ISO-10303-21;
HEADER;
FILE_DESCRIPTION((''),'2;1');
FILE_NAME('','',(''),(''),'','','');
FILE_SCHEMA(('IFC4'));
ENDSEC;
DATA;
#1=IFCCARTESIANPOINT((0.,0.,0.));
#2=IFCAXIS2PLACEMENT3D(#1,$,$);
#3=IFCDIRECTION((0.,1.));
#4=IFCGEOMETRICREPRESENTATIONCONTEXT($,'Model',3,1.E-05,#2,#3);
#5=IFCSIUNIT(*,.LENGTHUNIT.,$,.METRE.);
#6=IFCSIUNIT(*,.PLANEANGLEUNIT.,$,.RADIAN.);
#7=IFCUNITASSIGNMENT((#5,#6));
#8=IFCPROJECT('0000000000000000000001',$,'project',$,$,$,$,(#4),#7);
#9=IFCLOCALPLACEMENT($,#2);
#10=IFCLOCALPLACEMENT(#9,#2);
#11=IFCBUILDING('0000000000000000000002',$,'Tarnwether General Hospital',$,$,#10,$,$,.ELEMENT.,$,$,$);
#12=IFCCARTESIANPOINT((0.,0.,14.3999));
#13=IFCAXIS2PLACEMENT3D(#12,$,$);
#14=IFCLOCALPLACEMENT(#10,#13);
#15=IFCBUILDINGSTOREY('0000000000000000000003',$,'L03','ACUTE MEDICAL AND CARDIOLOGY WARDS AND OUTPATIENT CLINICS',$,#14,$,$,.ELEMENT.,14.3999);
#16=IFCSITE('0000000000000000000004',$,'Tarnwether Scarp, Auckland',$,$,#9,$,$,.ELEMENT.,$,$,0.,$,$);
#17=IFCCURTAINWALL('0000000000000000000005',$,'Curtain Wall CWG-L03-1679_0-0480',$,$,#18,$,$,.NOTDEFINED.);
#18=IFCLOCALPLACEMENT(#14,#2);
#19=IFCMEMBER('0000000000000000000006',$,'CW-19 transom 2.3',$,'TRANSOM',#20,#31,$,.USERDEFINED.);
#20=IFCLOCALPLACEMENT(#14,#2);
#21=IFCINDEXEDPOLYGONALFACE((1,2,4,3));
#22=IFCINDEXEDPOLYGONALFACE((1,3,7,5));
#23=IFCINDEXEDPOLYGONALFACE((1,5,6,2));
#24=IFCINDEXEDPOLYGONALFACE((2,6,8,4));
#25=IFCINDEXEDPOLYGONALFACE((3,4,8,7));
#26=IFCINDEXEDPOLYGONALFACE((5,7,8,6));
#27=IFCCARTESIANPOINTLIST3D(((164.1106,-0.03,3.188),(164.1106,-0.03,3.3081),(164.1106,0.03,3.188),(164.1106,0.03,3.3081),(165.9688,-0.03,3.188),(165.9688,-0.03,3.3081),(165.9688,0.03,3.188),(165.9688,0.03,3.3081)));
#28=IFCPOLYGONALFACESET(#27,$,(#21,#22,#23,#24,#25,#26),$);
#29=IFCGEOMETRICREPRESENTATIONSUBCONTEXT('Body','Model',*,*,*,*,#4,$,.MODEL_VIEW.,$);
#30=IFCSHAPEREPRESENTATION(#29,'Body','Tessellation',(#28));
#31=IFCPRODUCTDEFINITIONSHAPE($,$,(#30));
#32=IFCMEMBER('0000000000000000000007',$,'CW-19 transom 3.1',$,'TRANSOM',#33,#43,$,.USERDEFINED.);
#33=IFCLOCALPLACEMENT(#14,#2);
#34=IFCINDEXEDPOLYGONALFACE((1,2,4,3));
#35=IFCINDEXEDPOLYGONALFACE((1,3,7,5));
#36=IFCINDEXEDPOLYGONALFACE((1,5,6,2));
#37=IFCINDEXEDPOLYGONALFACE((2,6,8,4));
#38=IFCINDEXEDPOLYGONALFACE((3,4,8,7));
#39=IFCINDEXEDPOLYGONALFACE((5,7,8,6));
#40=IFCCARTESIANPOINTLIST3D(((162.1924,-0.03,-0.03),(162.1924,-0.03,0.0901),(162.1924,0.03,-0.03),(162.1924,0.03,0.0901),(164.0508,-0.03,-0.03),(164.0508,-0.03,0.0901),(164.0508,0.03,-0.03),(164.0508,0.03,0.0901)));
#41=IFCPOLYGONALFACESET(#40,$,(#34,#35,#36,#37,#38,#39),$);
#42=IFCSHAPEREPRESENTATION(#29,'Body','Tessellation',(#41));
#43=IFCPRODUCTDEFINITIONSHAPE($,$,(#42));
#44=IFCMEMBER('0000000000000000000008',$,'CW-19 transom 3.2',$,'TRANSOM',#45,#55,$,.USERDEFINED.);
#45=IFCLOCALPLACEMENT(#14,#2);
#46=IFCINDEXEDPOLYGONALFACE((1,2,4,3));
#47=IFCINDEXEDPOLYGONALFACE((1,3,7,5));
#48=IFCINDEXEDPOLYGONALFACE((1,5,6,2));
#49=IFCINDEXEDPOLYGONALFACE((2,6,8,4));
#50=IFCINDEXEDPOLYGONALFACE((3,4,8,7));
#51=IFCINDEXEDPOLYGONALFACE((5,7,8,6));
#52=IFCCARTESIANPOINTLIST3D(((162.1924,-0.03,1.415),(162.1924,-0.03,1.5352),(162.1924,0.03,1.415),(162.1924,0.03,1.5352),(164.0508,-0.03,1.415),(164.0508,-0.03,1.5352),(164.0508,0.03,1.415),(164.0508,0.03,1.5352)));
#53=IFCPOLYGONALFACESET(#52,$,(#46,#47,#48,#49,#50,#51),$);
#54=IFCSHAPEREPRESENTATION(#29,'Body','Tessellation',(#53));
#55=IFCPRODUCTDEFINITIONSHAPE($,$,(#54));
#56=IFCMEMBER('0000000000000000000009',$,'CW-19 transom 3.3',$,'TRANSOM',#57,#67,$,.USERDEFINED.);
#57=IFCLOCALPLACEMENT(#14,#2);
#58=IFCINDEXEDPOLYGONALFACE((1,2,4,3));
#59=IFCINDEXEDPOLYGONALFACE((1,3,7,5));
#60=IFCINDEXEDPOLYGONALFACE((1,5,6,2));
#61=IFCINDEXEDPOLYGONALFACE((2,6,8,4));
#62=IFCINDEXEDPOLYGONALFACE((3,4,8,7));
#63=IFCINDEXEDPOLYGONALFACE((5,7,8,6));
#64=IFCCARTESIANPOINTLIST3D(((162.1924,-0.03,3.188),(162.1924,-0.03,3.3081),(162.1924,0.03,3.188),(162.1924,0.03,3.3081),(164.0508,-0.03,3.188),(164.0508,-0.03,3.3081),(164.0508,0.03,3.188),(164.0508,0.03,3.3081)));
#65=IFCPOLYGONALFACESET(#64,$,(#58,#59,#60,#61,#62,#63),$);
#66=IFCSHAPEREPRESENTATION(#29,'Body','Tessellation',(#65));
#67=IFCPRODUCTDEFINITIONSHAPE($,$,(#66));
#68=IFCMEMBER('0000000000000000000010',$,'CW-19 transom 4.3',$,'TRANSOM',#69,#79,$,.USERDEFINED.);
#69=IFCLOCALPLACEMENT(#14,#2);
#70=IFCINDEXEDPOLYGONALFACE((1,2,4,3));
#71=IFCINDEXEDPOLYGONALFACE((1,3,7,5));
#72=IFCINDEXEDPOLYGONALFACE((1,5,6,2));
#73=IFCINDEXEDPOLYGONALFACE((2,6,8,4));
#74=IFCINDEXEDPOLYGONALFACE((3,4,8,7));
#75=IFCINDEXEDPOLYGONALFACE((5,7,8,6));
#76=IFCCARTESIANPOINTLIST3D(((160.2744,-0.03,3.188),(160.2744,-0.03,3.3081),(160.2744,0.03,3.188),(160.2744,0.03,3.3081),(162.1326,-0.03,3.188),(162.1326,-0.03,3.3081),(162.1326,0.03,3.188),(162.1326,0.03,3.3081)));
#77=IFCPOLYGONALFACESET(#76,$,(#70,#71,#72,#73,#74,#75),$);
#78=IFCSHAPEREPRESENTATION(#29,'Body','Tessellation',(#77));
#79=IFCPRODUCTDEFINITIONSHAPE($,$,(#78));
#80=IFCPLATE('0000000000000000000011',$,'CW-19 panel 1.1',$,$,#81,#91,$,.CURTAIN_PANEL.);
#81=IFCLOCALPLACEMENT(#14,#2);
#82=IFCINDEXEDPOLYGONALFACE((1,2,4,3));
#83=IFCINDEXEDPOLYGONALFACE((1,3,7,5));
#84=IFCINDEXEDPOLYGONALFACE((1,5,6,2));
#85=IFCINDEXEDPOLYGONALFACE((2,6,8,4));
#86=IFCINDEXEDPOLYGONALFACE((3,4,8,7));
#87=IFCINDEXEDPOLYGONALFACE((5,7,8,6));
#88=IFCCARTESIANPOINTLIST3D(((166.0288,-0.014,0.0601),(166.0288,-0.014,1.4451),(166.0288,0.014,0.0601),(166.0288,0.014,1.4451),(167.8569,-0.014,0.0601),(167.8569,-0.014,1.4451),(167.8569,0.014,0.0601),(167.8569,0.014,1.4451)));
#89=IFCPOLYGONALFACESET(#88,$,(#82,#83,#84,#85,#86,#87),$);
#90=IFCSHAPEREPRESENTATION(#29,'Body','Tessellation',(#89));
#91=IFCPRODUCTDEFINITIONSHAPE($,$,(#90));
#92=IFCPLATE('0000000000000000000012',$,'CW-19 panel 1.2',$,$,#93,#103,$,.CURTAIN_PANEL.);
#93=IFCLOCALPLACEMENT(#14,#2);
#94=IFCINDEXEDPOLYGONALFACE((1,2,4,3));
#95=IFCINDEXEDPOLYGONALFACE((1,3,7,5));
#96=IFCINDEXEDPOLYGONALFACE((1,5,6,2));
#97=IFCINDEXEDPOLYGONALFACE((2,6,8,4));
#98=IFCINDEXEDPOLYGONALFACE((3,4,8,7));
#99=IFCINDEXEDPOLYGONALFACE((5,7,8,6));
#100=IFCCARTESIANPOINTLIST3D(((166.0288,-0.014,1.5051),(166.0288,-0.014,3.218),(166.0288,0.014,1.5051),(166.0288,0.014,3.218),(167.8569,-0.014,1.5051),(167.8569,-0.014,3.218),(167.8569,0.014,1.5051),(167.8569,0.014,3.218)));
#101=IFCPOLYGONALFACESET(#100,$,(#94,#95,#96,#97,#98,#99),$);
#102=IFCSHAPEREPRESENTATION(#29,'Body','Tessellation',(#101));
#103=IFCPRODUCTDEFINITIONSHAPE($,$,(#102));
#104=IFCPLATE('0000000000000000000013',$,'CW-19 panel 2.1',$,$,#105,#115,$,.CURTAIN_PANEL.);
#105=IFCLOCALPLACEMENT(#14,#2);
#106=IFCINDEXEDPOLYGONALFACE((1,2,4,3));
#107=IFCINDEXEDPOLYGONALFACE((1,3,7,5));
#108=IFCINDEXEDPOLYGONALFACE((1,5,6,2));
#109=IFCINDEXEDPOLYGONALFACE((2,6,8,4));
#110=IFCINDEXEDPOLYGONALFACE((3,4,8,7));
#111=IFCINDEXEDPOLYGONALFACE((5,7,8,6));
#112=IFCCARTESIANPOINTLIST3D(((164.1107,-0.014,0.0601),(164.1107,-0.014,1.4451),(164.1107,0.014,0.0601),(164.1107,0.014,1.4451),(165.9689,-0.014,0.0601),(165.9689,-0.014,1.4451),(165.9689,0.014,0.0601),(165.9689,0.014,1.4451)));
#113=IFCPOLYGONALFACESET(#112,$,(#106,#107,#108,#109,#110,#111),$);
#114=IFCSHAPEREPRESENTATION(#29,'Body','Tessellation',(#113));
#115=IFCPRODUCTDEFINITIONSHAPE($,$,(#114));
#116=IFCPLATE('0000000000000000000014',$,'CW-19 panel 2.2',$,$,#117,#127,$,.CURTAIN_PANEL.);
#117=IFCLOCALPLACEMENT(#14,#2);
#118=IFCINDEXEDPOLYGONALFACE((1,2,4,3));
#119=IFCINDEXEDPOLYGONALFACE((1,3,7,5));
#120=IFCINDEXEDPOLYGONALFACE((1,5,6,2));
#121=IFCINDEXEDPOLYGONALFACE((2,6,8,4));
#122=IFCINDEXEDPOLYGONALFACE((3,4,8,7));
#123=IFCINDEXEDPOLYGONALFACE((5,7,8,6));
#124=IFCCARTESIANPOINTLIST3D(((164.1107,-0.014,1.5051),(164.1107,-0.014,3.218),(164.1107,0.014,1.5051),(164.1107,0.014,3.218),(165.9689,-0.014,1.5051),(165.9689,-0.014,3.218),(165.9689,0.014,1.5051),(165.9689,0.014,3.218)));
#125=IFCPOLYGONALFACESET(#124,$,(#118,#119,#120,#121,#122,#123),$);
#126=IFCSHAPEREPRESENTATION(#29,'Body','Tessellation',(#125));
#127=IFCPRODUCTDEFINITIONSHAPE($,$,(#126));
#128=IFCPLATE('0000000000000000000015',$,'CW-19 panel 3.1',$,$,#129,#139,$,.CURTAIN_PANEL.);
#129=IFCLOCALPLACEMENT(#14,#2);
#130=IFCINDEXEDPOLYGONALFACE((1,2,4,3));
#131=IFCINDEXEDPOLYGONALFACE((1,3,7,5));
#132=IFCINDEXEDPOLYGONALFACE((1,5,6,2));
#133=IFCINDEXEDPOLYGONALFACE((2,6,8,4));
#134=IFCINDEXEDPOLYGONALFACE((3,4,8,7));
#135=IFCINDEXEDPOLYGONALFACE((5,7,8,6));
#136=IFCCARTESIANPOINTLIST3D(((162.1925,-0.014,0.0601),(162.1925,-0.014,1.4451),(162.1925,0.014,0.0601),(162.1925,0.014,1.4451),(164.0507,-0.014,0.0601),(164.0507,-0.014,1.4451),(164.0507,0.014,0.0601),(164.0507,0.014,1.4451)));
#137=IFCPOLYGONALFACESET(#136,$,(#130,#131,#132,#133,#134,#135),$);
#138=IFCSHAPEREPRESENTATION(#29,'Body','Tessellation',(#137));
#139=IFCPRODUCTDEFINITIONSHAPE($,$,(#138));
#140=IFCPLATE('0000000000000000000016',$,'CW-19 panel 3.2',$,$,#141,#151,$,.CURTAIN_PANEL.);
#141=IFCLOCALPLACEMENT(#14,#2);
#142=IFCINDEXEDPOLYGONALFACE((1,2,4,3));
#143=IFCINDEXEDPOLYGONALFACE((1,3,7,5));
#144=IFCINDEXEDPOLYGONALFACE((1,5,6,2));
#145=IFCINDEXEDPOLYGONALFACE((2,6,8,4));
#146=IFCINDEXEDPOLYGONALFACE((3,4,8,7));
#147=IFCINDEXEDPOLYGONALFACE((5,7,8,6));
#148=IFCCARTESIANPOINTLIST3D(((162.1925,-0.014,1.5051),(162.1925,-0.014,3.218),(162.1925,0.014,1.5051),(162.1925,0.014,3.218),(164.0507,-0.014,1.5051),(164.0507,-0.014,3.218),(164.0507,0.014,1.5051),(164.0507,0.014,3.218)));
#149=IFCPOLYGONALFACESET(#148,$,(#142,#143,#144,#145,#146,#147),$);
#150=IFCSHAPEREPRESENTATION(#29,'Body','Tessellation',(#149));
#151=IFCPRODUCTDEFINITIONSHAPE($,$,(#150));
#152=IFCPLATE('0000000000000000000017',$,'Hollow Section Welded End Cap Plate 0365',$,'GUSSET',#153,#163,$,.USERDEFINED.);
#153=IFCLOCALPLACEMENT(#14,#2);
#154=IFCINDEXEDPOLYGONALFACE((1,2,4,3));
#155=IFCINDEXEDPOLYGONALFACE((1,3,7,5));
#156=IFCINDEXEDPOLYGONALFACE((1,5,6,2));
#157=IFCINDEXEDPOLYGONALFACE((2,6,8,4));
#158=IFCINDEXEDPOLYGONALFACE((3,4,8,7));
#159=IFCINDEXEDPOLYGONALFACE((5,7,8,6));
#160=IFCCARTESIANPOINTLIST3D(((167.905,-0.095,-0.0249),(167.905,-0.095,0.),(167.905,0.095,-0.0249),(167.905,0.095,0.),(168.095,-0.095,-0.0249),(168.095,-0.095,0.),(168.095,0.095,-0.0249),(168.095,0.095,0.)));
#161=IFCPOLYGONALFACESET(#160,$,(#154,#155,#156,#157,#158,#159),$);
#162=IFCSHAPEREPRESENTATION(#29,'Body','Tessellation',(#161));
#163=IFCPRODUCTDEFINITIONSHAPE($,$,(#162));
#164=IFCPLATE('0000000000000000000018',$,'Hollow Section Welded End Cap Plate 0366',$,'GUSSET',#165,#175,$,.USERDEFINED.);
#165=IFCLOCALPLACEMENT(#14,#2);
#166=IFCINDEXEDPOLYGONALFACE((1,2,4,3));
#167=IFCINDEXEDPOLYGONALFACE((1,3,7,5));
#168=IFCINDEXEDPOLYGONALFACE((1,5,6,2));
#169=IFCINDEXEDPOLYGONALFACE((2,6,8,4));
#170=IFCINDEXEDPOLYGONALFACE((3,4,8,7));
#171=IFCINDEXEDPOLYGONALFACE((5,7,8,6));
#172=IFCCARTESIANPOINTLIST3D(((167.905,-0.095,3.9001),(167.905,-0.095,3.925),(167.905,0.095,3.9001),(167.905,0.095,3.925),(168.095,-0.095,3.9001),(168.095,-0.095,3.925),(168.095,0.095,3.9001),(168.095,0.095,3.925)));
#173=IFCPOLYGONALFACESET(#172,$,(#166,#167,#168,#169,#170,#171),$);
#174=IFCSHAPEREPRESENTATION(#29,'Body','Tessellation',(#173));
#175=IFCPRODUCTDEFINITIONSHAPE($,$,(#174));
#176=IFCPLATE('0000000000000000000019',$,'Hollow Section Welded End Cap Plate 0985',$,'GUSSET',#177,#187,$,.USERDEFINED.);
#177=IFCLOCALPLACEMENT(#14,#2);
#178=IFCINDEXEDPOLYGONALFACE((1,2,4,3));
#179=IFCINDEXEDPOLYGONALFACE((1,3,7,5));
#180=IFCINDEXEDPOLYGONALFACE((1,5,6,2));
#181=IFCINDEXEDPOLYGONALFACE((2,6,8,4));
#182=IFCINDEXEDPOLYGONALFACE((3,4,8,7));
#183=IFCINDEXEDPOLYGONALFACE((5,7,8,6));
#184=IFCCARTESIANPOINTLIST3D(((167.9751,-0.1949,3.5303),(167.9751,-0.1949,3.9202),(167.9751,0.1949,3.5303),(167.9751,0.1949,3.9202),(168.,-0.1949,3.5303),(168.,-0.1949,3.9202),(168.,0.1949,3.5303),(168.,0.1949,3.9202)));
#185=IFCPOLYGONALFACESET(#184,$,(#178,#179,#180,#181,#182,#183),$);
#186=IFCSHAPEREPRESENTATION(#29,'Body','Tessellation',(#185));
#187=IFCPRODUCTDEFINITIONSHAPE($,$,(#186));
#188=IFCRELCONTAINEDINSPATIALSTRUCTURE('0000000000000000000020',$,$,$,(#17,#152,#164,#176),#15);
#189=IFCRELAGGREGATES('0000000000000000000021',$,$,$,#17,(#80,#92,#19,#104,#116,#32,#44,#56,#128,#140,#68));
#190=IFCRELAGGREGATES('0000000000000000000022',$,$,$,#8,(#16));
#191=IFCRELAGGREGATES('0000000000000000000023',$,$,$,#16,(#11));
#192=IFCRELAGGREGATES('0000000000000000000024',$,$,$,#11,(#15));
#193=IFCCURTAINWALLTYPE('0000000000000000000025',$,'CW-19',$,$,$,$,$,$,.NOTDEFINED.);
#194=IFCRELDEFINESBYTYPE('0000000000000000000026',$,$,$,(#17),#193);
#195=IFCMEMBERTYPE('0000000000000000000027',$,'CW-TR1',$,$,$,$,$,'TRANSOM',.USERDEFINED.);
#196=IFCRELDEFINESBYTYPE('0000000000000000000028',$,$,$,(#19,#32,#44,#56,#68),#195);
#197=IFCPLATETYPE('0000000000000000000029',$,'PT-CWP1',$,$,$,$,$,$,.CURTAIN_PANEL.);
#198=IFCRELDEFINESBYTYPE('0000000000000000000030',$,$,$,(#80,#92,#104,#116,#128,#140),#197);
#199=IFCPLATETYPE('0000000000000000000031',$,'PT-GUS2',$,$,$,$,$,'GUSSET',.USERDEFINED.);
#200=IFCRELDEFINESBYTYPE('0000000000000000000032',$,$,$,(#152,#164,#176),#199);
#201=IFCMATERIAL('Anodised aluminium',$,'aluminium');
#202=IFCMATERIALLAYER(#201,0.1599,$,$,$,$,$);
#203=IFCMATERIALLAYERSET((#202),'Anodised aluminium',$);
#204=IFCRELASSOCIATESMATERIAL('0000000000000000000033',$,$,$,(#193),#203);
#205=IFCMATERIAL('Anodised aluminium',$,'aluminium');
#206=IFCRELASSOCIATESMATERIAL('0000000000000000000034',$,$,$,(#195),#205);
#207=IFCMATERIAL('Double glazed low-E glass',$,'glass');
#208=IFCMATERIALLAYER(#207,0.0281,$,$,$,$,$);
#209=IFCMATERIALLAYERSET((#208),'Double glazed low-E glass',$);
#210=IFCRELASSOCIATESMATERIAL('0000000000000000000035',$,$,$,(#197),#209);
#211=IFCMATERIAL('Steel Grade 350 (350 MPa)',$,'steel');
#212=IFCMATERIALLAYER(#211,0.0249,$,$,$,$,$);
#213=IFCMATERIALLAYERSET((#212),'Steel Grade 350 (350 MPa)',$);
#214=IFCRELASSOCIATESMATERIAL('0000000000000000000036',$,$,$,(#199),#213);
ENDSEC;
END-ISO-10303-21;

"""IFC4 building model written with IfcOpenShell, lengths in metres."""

from ifc_helpers import new_model, si_unit, direction, frame, origin, origin_2d, place, context, subcontext, project, spatial, rectangle, extrude, material, layer, layer_set, material_profile, profile_set, type_object, element, aggregate, save


model = new_model("IFC4")

# Units and contexts
model_context = context("Model", 3, precision=1e-05, world=origin(), true_north=direction((0.0, 1.0)))
body_context = subcontext(model_context, "Body", "Model", "MODEL_VIEW")
ifc_project = project(units=[si_unit("LENGTHUNIT", "METRE"), si_unit("PLANEANGLEUNIT", "RADIAN")], contexts=[model_context])

# Site, building, storey
site_placement = place(None, origin())
site = spatial("IfcSite", under=ifc_project, at=site_placement, Name="Tarnwether Scarp, Auckland", CompositionType="ELEMENT", RefElevation=0.0)
building_placement = place(site_placement, origin())
building = spatial("IfcBuilding", under=site, at=building_placement, Name="Tarnwether General Hospital", CompositionType="ELEMENT")
storey_placement = place(building_placement, frame((0.0, 0.0, 14.3999)))
storey = spatial("IfcBuildingStorey", under=building, at=storey_placement, Name="L03", Description="ACUTE MEDICAL AND CARDIOLOGY WARDS AND OUTPATIENT CLINICS", CompositionType="ELEMENT", Elevation=14.3999)

# Curtain wall, members, plates
ifc_material_1 = material(Name="Anodised aluminium", Category="aluminium")
ifc_layer_1 = layer(ifc_material_1, 0.1599)
ifc_layer_set_1 = layer_set([ifc_layer_1], Name="Anodised aluminium")
curtain_wall_type = type_object("IfcCurtainWallType", Name="CW-19", PredefinedType="NOTDEFINED", material=ifc_layer_set_1)
curtain_wall_placement = place(storey_placement, origin())
curtain_wall = element("IfcCurtainWall", 1, at=curtain_wall_placement, inside=storey, type_object=curtain_wall_type, Name="Curtain Wall CWG-L03-1679_0-0480", PredefinedType="NOTDEFINED")
ifc_material_2 = material(Name="Anodised aluminium", Category="aluminium")
ifc_material_profile_1 = material_profile(ifc_material_2, rectangle(XDim=0.0601, YDim=0.1201, at=origin_2d()), Name="ALU-TRN-60x120")
ifc_profile_set_1 = profile_set([ifc_material_profile_1], Name="Anodised aluminium")
member_type_1 = type_object("IfcMemberType", Name="CW-TR1", ElementType="TRANSOM", PredefinedType="USERDEFINED", material=ifc_profile_set_1)
member_1_placement = place(storey_placement, frame((165.9688, 0.0, 3.248), z_axis=(-1.0, 0.0, 0.0), x_axis=(0.0, -1.0, 0.0)))
member_1 = element("IfcMember", 2, at=member_1_placement, type_object=member_type_1, Name="CW-19 transom 2.3", ObjectType="TRANSOM", PredefinedType="USERDEFINED", context=body_context, shape_type="SweptSolid", body=[
    extrude(rectangle(XDim=0.0601, YDim=0.1201, at=origin_2d()), origin(), (0.0, 0.0, 1.0), 1.8582),
])
member_2_placement = place(storey_placement, frame((164.0508, 0.0, 0.03), z_axis=(-1.0, 0.0, 0.0), x_axis=(0.0, -1.0, 0.0)))
member_2 = element("IfcMember", 3, at=member_2_placement, type_object=member_type_1, Name="CW-19 transom 3.1", ObjectType="TRANSOM", PredefinedType="USERDEFINED", context=body_context, shape_type="SweptSolid", body=[
    extrude(rectangle(XDim=0.0601, YDim=0.1201, at=origin_2d()), origin(), (0.0, 0.0, 1.0), 1.8584),
])
member_3_placement = place(storey_placement, frame((164.0508, 0.0, 1.4751), z_axis=(-1.0, 0.0, 0.0), x_axis=(0.0, -1.0, 0.0)))
member_3 = element("IfcMember", 4, at=member_3_placement, type_object=member_type_1, Name="CW-19 transom 3.2", ObjectType="TRANSOM", PredefinedType="USERDEFINED", context=body_context, shape_type="SweptSolid", body=[
    extrude(rectangle(XDim=0.0601, YDim=0.1201, at=origin_2d()), origin(), (0.0, 0.0, 1.0), 1.8584),
])
member_4_placement = place(storey_placement, frame((164.0508, 0.0, 3.248), z_axis=(-1.0, 0.0, 0.0), x_axis=(0.0, -1.0, 0.0)))
member_4 = element("IfcMember", 5, at=member_4_placement, type_object=member_type_1, Name="CW-19 transom 3.3", ObjectType="TRANSOM", PredefinedType="USERDEFINED", context=body_context, shape_type="SweptSolid", body=[
    extrude(rectangle(XDim=0.0601, YDim=0.1201, at=origin_2d()), origin(), (0.0, 0.0, 1.0), 1.8584),
])
member_5_placement = place(storey_placement, frame((162.1326, 0.0, 3.248), z_axis=(-1.0, 0.0, 0.0), x_axis=(0.0, -1.0, 0.0)))
member_5 = element("IfcMember", 6, at=member_5_placement, type_object=member_type_1, Name="CW-19 transom 4.3", ObjectType="TRANSOM", PredefinedType="USERDEFINED", context=body_context, shape_type="SweptSolid", body=[
    extrude(rectangle(XDim=0.0601, YDim=0.1201, at=origin_2d()), origin(), (0.0, 0.0, 1.0), 1.8582),
])
ifc_material_3 = material(Name="Double glazed low-E glass", Category="glass")
ifc_layer_2 = layer(ifc_material_3, 0.0281)
ifc_layer_set_2 = layer_set([ifc_layer_2], Name="Double glazed low-E glass")
plate_type_1 = type_object("IfcPlateType", Name="PT-CWP1", PredefinedType="CURTAIN_PANEL", material=ifc_layer_set_2)
plate_1_placement = place(storey_placement, frame((166.9429, 0.0, 0.0601), z_axis=(0.0, 0.0, 1.0), x_axis=(-1.0, 0.0, 0.0)))
plate_1 = element("IfcPlate", 7, at=plate_1_placement, type_object=plate_type_1, Name="CW-19 panel 1.1", PredefinedType="CURTAIN_PANEL", context=body_context, shape_type="SweptSolid", body=[
    extrude(rectangle(XDim=1.8281, YDim=0.0281, at=origin_2d()), origin(), (0.0, 0.0, 1.0), 1.385),
])
plate_2_placement = place(storey_placement, frame((166.9429, 0.0, 1.5051), z_axis=(0.0, 0.0, 1.0), x_axis=(-1.0, 0.0, 0.0)))
plate_2 = element("IfcPlate", 8, at=plate_2_placement, type_object=plate_type_1, Name="CW-19 panel 1.2", PredefinedType="CURTAIN_PANEL", context=body_context, shape_type="SweptSolid", body=[
    extrude(rectangle(XDim=1.8281, YDim=0.0281, at=origin_2d()), origin(), (0.0, 0.0, 1.0), 1.7129),
])
plate_3_placement = place(storey_placement, frame((165.0398, 0.0, 0.0601), z_axis=(0.0, 0.0, 1.0), x_axis=(-1.0, 0.0, 0.0)))
plate_3 = element("IfcPlate", 9, at=plate_3_placement, type_object=plate_type_1, Name="CW-19 panel 2.1", PredefinedType="CURTAIN_PANEL", context=body_context, shape_type="SweptSolid", body=[
    extrude(rectangle(XDim=1.8582, YDim=0.0281, at=origin_2d()), origin(), (0.0, 0.0, 1.0), 1.385),
])
plate_4_placement = place(storey_placement, frame((165.0398, 0.0, 1.5051), z_axis=(0.0, 0.0, 1.0), x_axis=(-1.0, 0.0, 0.0)))
plate_4 = element("IfcPlate", 10, at=plate_4_placement, type_object=plate_type_1, Name="CW-19 panel 2.2", PredefinedType="CURTAIN_PANEL", context=body_context, shape_type="SweptSolid", body=[
    extrude(rectangle(XDim=1.8582, YDim=0.0281, at=origin_2d()), origin(), (0.0, 0.0, 1.0), 1.7129),
])
plate_5_placement = place(storey_placement, frame((163.1216, 0.0, 0.0601), z_axis=(0.0, 0.0, 1.0), x_axis=(-1.0, 0.0, 0.0)))
plate_5 = element("IfcPlate", 11, at=plate_5_placement, type_object=plate_type_1, Name="CW-19 panel 3.1", PredefinedType="CURTAIN_PANEL", context=body_context, shape_type="SweptSolid", body=[
    extrude(rectangle(XDim=1.8582, YDim=0.0281, at=origin_2d()), origin(), (0.0, 0.0, 1.0), 1.385),
])
plate_6_placement = place(storey_placement, frame((163.1216, 0.0, 1.5051), z_axis=(0.0, 0.0, 1.0), x_axis=(-1.0, 0.0, 0.0)))
plate_6 = element("IfcPlate", 12, at=plate_6_placement, type_object=plate_type_1, Name="CW-19 panel 3.2", PredefinedType="CURTAIN_PANEL", context=body_context, shape_type="SweptSolid", body=[
    extrude(rectangle(XDim=1.8582, YDim=0.0281, at=origin_2d()), origin(), (0.0, 0.0, 1.0), 1.7129),
])
aggregate(curtain_wall, [plate_1, plate_2, member_1, plate_3, plate_4, member_2, member_3, member_4, plate_5, plate_6, member_5])

# Plates
ifc_material_4 = material(Name="Steel Grade 350 (350 MPa)", Category="steel")
ifc_layer_3 = layer(ifc_material_4, 0.0249)
ifc_layer_set_3 = layer_set([ifc_layer_3], Name="Steel Grade 350 (350 MPa)")
plate_type_2 = type_object("IfcPlateType", Name="PT-GUS2", ElementType="GUSSET", PredefinedType="USERDEFINED", material=ifc_layer_set_3)
for number, where, z_axis, x_axis, name in (
    (13, (168.0, 0.0, -0.0249), (0.0, 0.0, 1.0), (1.0, 0.0, 0.0), "Hollow Section Welded End Cap Plate 0365"),
    (14, (168.0, 0.0, 3.9001), (0.0, 0.0, 1.0), (1.0, 0.0, 0.0), "Hollow Section Welded End Cap Plate 0366"),
):
    element("IfcPlate", number, at=place(storey_placement, frame(where, z_axis=z_axis, x_axis=x_axis)), inside=storey, type_object=plate_type_2, Name=name, ObjectType="GUSSET", PredefinedType="USERDEFINED", context=body_context, shape_type="SweptSolid", body=[
        extrude(rectangle(XDim=0.1899, YDim=0.1899, at=origin_2d()), origin(), (0.0, 0.0, 1.0), 0.0249),
    ])
plate_7_placement = place(storey_placement, frame((167.9875, 0.0, 3.5303), z_axis=(0.0, 0.0, 1.0), x_axis=(1.0, 0.0, 0.0)))
element("IfcPlate", 15, at=plate_7_placement, inside=storey, type_object=plate_type_2, Name="Hollow Section Welded End Cap Plate 0985", ObjectType="GUSSET", PredefinedType="USERDEFINED", context=body_context, shape_type="SweptSolid", body=[
    extrude(rectangle(XDim=0.0249, YDim=0.3899, at=origin_2d()), origin(), (0.0, 0.0, 1.0), 0.3899),
])

save(model, "model.ifc")
